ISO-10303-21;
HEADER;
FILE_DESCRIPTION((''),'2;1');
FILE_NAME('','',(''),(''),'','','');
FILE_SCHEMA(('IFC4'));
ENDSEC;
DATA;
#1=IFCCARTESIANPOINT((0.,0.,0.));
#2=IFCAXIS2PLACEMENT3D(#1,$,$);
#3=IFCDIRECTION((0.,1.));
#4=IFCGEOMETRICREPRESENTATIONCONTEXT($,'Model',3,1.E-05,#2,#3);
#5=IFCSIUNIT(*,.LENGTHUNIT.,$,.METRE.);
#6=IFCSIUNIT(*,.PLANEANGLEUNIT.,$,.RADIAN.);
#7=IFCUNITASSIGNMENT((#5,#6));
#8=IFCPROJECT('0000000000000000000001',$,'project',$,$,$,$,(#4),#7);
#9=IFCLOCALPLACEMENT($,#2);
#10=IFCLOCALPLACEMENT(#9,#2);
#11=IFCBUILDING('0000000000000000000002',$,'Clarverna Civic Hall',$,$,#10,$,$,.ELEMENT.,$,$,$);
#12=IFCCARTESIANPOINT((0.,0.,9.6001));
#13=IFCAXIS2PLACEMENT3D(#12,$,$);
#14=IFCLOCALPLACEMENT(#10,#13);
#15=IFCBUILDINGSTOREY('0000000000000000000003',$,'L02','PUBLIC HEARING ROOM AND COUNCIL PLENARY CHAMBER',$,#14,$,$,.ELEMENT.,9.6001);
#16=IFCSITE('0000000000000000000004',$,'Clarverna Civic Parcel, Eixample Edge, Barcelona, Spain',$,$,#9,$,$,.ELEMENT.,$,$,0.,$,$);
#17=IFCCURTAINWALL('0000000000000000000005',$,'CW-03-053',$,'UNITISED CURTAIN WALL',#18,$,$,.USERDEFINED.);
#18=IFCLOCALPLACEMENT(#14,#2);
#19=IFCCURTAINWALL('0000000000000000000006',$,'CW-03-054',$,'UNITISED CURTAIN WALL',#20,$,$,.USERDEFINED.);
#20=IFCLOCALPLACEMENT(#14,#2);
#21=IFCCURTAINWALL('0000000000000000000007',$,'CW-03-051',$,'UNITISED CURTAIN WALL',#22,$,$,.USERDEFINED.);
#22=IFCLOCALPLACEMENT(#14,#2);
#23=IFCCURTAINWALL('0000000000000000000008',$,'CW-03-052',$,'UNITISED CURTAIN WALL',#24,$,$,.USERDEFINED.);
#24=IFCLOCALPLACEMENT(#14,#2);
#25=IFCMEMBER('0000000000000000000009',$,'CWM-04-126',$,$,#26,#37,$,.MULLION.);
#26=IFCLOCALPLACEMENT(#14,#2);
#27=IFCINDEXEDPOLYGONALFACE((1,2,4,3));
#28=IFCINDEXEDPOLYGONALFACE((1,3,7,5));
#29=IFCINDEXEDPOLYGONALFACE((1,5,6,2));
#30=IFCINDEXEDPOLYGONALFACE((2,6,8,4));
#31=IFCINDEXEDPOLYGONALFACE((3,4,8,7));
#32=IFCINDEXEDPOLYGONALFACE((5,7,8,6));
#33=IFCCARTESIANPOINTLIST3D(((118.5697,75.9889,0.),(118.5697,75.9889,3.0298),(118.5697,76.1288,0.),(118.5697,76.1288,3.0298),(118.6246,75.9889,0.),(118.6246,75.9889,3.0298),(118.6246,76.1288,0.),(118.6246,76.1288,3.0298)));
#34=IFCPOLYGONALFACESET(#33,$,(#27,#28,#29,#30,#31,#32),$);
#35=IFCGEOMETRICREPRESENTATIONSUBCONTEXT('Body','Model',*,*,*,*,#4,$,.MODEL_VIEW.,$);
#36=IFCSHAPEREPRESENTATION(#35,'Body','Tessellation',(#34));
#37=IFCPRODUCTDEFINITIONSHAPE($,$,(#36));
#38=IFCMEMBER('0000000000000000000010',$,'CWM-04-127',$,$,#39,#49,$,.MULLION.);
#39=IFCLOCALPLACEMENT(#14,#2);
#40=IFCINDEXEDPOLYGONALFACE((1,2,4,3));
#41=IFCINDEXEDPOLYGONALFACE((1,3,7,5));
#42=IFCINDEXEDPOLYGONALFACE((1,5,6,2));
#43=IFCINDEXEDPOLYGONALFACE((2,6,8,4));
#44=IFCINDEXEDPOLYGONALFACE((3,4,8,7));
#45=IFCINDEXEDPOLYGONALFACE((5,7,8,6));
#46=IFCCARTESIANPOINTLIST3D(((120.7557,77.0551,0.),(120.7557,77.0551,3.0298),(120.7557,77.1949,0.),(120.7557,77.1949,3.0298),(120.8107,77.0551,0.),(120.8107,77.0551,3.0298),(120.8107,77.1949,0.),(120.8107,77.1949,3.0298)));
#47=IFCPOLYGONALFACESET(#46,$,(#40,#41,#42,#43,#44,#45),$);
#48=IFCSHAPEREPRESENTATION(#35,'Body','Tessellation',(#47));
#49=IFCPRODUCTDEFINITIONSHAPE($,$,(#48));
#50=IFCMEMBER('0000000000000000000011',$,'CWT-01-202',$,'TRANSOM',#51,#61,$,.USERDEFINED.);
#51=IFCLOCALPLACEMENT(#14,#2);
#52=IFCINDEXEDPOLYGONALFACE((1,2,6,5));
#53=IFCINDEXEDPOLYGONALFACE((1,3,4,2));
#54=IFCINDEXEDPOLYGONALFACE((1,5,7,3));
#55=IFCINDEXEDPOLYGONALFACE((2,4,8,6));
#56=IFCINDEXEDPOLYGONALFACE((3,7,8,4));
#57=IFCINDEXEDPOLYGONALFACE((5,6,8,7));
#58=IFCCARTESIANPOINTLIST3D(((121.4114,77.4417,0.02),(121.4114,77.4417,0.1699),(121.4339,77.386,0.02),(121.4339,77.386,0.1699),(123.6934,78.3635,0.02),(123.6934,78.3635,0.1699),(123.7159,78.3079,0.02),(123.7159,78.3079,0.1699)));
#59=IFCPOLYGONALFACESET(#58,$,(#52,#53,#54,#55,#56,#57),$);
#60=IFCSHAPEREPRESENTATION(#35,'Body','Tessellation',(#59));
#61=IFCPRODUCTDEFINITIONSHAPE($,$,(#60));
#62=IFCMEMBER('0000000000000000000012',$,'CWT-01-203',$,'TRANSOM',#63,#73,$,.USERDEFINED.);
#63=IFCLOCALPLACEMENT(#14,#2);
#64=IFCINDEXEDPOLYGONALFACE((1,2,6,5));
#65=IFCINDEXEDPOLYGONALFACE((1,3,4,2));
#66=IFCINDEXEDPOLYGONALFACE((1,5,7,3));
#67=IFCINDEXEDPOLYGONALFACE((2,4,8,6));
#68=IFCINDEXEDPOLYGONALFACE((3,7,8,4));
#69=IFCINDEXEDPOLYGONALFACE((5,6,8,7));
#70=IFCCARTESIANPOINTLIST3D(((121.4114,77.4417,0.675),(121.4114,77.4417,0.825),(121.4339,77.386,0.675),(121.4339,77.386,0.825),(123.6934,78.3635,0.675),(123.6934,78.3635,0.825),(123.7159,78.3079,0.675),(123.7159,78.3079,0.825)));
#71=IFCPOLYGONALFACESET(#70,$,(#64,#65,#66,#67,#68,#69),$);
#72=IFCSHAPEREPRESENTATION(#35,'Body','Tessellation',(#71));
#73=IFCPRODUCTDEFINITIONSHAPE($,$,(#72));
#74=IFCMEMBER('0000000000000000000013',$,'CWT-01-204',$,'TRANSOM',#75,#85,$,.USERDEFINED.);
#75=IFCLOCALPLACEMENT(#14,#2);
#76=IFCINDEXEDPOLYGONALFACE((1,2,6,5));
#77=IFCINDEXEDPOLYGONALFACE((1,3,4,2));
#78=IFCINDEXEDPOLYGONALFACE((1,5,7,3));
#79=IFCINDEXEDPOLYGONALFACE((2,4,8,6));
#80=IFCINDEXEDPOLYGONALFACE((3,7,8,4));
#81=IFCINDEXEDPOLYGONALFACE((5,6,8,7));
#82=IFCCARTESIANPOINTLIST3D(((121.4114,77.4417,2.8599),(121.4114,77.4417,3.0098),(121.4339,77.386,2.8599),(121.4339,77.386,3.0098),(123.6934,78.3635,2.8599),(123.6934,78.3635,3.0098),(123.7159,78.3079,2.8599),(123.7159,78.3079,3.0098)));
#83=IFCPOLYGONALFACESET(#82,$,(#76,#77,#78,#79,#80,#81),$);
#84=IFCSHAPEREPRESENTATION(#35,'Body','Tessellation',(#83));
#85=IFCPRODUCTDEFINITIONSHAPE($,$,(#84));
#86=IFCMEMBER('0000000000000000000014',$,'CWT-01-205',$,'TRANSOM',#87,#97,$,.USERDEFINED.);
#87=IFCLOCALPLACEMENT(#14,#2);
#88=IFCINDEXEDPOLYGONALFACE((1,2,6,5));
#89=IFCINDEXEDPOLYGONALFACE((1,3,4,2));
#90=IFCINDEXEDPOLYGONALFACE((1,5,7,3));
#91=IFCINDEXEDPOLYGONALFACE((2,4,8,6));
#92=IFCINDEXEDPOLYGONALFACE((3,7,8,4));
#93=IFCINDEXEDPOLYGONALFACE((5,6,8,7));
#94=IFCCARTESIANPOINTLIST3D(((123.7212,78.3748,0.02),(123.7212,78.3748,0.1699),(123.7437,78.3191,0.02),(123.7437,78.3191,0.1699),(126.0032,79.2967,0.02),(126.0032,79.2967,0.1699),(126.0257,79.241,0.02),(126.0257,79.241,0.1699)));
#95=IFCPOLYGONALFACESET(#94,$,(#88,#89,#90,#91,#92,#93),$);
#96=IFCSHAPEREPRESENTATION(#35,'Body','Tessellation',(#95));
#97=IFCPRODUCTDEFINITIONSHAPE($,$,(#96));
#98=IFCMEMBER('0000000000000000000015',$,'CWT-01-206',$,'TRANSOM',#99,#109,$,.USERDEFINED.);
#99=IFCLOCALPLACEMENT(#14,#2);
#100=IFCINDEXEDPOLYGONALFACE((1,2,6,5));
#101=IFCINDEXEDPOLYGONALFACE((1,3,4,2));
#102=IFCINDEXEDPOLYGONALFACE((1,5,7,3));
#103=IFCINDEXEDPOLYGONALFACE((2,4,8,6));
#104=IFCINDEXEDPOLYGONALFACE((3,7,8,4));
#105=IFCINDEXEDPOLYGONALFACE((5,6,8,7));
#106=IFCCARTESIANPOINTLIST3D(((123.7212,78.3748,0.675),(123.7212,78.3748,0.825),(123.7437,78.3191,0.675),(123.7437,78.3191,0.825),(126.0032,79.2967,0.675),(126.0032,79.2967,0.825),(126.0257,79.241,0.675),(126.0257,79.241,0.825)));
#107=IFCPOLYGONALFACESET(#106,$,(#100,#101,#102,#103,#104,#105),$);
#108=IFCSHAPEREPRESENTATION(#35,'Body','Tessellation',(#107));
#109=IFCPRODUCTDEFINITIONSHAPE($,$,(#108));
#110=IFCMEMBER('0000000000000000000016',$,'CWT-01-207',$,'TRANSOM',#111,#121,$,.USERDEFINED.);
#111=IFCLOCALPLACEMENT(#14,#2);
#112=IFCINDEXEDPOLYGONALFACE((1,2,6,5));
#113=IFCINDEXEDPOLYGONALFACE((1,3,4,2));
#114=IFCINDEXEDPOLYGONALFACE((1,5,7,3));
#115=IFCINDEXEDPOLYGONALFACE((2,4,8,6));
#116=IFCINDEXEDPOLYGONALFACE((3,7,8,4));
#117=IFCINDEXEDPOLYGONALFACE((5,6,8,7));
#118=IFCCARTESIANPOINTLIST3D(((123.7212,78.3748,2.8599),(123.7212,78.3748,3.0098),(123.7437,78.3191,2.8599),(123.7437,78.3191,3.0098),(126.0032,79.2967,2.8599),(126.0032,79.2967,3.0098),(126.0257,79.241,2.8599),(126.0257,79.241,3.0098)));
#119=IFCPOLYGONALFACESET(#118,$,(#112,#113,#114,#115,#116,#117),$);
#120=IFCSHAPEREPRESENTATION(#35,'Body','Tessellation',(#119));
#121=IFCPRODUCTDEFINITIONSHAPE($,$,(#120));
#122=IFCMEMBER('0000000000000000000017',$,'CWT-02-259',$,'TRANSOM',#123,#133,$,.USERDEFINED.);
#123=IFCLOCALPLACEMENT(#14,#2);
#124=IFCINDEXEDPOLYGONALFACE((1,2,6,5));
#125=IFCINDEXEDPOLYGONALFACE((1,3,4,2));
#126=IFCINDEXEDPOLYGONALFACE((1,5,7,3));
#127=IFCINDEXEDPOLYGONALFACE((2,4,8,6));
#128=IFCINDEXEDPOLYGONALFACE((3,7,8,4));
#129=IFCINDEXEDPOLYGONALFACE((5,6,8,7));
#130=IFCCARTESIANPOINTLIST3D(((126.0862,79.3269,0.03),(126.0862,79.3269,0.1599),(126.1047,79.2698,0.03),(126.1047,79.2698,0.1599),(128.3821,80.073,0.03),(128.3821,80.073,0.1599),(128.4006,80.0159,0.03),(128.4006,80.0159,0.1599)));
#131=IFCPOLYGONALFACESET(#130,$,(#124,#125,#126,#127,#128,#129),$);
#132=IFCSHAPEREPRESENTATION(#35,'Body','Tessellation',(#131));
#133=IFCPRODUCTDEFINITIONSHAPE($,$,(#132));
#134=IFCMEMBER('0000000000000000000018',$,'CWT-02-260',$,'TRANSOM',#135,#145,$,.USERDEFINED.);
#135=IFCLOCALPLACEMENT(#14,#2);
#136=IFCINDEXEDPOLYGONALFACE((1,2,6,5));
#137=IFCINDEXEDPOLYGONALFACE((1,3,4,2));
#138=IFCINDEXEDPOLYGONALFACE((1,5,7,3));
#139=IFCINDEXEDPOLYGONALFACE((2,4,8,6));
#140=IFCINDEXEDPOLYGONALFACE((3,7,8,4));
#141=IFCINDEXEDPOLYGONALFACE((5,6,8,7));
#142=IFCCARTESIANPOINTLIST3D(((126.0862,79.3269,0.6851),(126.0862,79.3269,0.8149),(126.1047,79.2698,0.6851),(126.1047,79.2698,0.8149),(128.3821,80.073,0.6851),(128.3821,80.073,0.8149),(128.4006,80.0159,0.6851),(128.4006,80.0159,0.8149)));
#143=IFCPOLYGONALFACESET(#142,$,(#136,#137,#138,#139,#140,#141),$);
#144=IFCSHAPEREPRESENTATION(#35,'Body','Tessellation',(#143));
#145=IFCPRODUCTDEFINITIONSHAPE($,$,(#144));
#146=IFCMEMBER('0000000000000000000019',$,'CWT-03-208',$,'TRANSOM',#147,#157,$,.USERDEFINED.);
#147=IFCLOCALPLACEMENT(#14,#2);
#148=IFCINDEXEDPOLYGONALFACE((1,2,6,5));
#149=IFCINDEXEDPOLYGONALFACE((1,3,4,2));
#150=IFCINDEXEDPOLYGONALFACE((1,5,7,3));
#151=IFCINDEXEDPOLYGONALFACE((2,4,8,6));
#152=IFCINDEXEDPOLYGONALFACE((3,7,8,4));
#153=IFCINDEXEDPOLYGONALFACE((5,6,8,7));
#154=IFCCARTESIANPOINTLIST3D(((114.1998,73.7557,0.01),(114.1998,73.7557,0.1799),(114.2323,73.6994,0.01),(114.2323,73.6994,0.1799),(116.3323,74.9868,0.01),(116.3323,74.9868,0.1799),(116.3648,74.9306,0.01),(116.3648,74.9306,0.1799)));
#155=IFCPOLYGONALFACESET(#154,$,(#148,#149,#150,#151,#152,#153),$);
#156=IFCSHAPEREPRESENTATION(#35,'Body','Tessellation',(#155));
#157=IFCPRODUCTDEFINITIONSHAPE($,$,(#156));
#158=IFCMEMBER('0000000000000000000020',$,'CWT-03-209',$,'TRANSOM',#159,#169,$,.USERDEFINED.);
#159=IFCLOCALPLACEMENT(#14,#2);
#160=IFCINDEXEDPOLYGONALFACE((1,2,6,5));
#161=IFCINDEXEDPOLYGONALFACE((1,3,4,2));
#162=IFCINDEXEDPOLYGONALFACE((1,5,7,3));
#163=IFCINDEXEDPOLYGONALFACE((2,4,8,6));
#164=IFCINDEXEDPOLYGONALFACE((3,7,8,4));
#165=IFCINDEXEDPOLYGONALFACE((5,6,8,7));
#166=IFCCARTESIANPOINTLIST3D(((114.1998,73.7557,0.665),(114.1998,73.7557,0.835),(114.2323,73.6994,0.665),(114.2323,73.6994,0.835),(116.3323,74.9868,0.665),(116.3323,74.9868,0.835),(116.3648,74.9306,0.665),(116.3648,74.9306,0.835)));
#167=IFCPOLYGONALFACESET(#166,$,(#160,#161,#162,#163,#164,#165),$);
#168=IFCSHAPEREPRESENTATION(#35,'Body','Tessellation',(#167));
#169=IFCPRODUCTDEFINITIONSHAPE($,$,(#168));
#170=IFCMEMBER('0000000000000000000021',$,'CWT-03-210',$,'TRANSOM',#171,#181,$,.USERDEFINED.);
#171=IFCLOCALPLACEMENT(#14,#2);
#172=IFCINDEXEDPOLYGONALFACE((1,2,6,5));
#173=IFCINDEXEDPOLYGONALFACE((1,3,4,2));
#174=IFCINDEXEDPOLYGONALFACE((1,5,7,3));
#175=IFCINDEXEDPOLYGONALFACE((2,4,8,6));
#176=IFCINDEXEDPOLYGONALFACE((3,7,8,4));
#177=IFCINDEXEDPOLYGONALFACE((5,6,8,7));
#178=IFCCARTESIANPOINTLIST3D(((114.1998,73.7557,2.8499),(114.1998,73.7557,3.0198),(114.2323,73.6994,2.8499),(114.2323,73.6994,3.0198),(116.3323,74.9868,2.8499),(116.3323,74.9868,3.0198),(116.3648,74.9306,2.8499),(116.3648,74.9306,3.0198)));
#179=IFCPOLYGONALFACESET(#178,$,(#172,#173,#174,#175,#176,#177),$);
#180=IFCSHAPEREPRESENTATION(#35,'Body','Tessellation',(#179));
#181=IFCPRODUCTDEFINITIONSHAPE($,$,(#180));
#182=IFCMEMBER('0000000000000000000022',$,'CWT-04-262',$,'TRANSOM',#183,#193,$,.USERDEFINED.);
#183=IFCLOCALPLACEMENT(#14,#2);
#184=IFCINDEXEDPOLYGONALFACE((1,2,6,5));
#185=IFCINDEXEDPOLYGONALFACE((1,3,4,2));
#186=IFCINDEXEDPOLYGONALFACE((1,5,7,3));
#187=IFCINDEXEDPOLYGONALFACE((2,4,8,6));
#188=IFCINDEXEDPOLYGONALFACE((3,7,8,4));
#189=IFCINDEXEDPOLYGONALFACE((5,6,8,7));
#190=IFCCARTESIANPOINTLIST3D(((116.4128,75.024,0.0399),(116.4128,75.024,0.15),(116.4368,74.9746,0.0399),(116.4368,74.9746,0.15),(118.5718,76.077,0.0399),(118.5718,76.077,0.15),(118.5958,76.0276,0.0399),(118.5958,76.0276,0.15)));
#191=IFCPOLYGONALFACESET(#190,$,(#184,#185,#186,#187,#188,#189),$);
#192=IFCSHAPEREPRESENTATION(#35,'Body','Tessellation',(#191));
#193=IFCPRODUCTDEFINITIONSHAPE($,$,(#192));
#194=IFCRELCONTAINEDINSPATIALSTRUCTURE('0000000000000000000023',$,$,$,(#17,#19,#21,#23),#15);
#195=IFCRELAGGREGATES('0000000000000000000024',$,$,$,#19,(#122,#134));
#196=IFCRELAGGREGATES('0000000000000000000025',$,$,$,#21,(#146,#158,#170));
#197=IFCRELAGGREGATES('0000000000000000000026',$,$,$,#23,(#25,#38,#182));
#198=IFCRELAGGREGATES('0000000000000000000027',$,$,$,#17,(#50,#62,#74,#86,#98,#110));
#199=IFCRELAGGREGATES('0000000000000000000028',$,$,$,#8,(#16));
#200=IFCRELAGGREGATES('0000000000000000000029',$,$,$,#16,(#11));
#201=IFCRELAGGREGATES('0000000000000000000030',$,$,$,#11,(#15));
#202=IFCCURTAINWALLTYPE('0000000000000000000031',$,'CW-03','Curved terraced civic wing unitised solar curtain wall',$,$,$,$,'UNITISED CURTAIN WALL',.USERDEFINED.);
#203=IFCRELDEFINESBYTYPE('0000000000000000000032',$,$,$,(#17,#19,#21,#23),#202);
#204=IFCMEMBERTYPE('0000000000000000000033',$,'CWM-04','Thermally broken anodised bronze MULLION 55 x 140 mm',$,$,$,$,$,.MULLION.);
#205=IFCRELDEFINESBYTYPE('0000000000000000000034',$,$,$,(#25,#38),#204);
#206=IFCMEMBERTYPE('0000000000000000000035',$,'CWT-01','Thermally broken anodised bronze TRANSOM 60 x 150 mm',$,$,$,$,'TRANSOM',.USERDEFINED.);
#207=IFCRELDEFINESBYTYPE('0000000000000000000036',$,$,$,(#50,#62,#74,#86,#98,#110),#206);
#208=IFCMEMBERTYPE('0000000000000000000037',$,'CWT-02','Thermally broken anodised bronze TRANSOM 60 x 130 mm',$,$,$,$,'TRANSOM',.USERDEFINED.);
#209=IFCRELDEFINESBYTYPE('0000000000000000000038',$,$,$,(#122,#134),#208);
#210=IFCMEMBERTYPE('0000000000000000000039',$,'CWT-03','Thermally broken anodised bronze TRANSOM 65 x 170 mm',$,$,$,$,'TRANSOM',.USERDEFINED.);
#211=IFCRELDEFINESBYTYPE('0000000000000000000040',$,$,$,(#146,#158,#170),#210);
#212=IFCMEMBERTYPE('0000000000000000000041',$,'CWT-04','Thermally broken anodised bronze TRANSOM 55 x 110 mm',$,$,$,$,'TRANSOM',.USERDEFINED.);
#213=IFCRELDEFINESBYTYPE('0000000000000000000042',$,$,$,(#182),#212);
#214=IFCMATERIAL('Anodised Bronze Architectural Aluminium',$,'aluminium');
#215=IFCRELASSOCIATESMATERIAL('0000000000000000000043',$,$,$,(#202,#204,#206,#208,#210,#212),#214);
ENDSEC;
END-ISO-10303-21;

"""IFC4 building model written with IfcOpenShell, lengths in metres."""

from ifc_helpers import new_model, si_unit, direction, frame, origin, origin_2d, place, context, subcontext, project, spatial, rectangle, extrude, material, material_profile, profile_set, type_object, element, aggregate, save


model = new_model("IFC4")

# Units and contexts
model_context = context("Model", 3, precision=1e-05, world=origin(), true_north=direction((0.0, 1.0)))
body_context = subcontext(model_context, "Body", "Model", "MODEL_VIEW")
ifc_project = project(units=[si_unit("LENGTHUNIT", "METRE"), si_unit("PLANEANGLEUNIT", "RADIAN")], contexts=[model_context])

# Site, building, storey
site_placement = place(None, origin())
site = spatial("IfcSite", under=ifc_project, at=site_placement, Name="Clarverna Civic Parcel, Eixample Edge, Barcelona, Spain", CompositionType="ELEMENT", RefElevation=0.0)
building_placement = place(site_placement, origin())
building = spatial("IfcBuilding", under=site, at=building_placement, Name="Clarverna Civic Hall", CompositionType="ELEMENT")
storey_placement = place(building_placement, frame((0.0, 0.0, 9.6001)))
storey = spatial("IfcBuildingStorey", under=building, at=storey_placement, Name="L02", Description="PUBLIC HEARING ROOM AND COUNCIL PLENARY CHAMBER", CompositionType="ELEMENT", Elevation=9.6001)

# Curtain wall
ifc_material_1 = material(Name="Anodised Bronze Architectural Aluminium", Category="aluminium")
curtain_wall_type = type_object("IfcCurtainWallType", Name="CW-03", Description="Curved terraced civic wing unitised solar curtain wall", ElementType="UNITISED CURTAIN WALL", PredefinedType="USERDEFINED", material=ifc_material_1)
curtain_wall_1_placement = place(storey_placement, origin())
curtain_wall_1 = element("IfcCurtainWall", 1, at=curtain_wall_1_placement, inside=storey, type_object=curtain_wall_type, Name="CW-03-053", ObjectType="UNITISED CURTAIN WALL", PredefinedType="USERDEFINED")

# Curtain wall
curtain_wall_2_placement = place(storey_placement, origin())
curtain_wall_2 = element("IfcCurtainWall", 2, at=curtain_wall_2_placement, inside=storey, type_object=curtain_wall_type, Name="CW-03-054", ObjectType="UNITISED CURTAIN WALL", PredefinedType="USERDEFINED")

# Curtain walls, members
curtain_wall_3_placement = place(storey_placement, origin())
curtain_wall_3 = element("IfcCurtainWall", 3, at=curtain_wall_3_placement, inside=storey, type_object=curtain_wall_type, Name="CW-03-051", ObjectType="UNITISED CURTAIN WALL", PredefinedType="USERDEFINED")
curtain_wall_4_placement = place(storey_placement, origin())
curtain_wall_4 = element("IfcCurtainWall", 4, at=curtain_wall_4_placement, inside=storey, type_object=curtain_wall_type, Name="CW-03-052", ObjectType="UNITISED CURTAIN WALL", PredefinedType="USERDEFINED")
ifc_material_profile_1 = material_profile(ifc_material_1, rectangle(XDim=0.0549, YDim=0.1399, at=origin_2d()), Name="BRONZE 55x140")
ifc_profile_set_1 = profile_set([ifc_material_profile_1], Name="Anodised Bronze Architectural Aluminium")
member_type_1 = type_object("IfcMemberType", Name="CWM-04", Description="Thermally broken anodised bronze MULLION 55 x 140 mm", PredefinedType="MULLION", material=ifc_profile_set_1)
member_1_placement = place(storey_placement, frame((118.5972, 76.0588, 0.0), z_axis=(0.0, 0.0, 1.0), x_axis=(1.0, 0.0, 0.0)))
member_1 = element("IfcMember", 5, at=member_1_placement, type_object=member_type_1, Name="CWM-04-126", PredefinedType="MULLION", context=body_context, shape_type="SweptSolid", body=[
    extrude(rectangle(XDim=0.0549, YDim=0.1399, at=origin_2d()), origin(), (0.0, 0.0, 1.0), 3.0298),
])
member_2_placement = place(storey_placement, frame((120.7832, 77.125, 0.0), z_axis=(0.0, 0.0, 1.0), x_axis=(1.0, 0.0, 0.0)))
member_2 = element("IfcMember", 6, at=member_2_placement, type_object=member_type_1, Name="CWM-04-127", PredefinedType="MULLION", context=body_context, shape_type="SweptSolid", body=[
    extrude(rectangle(XDim=0.0549, YDim=0.1399, at=origin_2d()), origin(), (0.0, 0.0, 1.0), 3.0298),
])

# Members
ifc_material_profile_2 = material_profile(ifc_material_1, rectangle(XDim=0.0601, YDim=0.1499, at=origin_2d()), Name="BRONZE 60x150")
ifc_profile_set_2 = profile_set([ifc_material_profile_2], Name="Anodised Bronze Architectural Aluminium")
member_type_2 = type_object("IfcMemberType", Name="CWT-01", Description="Thermally broken anodised bronze TRANSOM 60 x 150 mm", ElementType="TRANSOM", PredefinedType="USERDEFINED", material=ifc_profile_set_2)
member_3_placement = place(storey_placement, frame((121.4226, 77.4138, 0.095), z_axis=(0.927199, 0.37457, 0.0), x_axis=(-0.37457, 0.927199, 0.0)))
member_3 = element("IfcMember", 7, at=member_3_placement, type_object=member_type_2, Name="CWT-01-202", ObjectType="TRANSOM", PredefinedType="USERDEFINED", context=body_context, shape_type="SweptSolid", body=[
    extrude(rectangle(XDim=0.0601, YDim=0.1499, at=origin_2d()), origin(), (0.0, 0.0, 1.0), 2.4612),
])
member_4_placement = place(storey_placement, frame((121.4226, 77.4138, 0.75), z_axis=(0.927199, 0.37457, 0.0), x_axis=(-0.37457, 0.927199, 0.0)))
member_4 = element("IfcMember", 8, at=member_4_placement, type_object=member_type_2, Name="CWT-01-203", ObjectType="TRANSOM", PredefinedType="USERDEFINED", context=body_context, shape_type="SweptSolid", body=[
    extrude(rectangle(XDim=0.0601, YDim=0.1499, at=origin_2d()), origin(), (0.0, 0.0, 1.0), 2.4612),
])
member_5_placement = place(storey_placement, frame((121.4226, 77.4138, 2.9348), z_axis=(0.927199, 0.37457, 0.0), x_axis=(-0.37457, 0.927199, 0.0)))
member_5 = element("IfcMember", 9, at=member_5_placement, type_object=member_type_2, Name="CWT-01-204", ObjectType="TRANSOM", PredefinedType="USERDEFINED", context=body_context, shape_type="SweptSolid", body=[
    extrude(rectangle(XDim=0.0601, YDim=0.1499, at=origin_2d()), origin(), (0.0, 0.0, 1.0), 2.4612),
])
member_6_placement = place(storey_placement, frame((123.7324, 78.3469, 0.095), z_axis=(0.927199, 0.37457, 0.0), x_axis=(-0.37457, 0.927199, 0.0)))
member_6 = element("IfcMember", 10, at=member_6_placement, type_object=member_type_2, Name="CWT-01-205", ObjectType="TRANSOM", PredefinedType="USERDEFINED", context=body_context, shape_type="SweptSolid", body=[
    extrude(rectangle(XDim=0.0601, YDim=0.1499, at=origin_2d()), origin(), (0.0, 0.0, 1.0), 2.4612),
])
member_7_placement = place(storey_placement, frame((123.7324, 78.3469, 0.75), z_axis=(0.927199, 0.37457, 0.0), x_axis=(-0.37457, 0.927199, 0.0)))
member_7 = element("IfcMember", 11, at=member_7_placement, type_object=member_type_2, Name="CWT-01-206", ObjectType="TRANSOM", PredefinedType="USERDEFINED", context=body_context, shape_type="SweptSolid", body=[
    extrude(rectangle(XDim=0.0601, YDim=0.1499, at=origin_2d()), origin(), (0.0, 0.0, 1.0), 2.4612),
])
member_8_placement = place(storey_placement, frame((123.7324, 78.3469, 2.9348), z_axis=(0.927199, 0.37457, 0.0), x_axis=(-0.37457, 0.927199, 0.0)))
member_8 = element("IfcMember", 12, at=member_8_placement, type_object=member_type_2, Name="CWT-01-207", ObjectType="TRANSOM", PredefinedType="USERDEFINED", context=body_context, shape_type="SweptSolid", body=[
    extrude(rectangle(XDim=0.0601, YDim=0.1499, at=origin_2d()), origin(), (0.0, 0.0, 1.0), 2.4612),
])
ifc_material_profile_3 = material_profile(ifc_material_1, rectangle(XDim=0.0601, YDim=0.1299, at=origin_2d()), Name="BRONZE 60x130")
ifc_profile_set_3 = profile_set([ifc_material_profile_3], Name="Anodised Bronze Architectural Aluminium")
member_type_3 = type_object("IfcMemberType", Name="CWT-02", Description="Thermally broken anodised bronze TRANSOM 60 x 130 mm", ElementType="TRANSOM", PredefinedType="USERDEFINED", material=ifc_profile_set_3)
member_9_placement = place(storey_placement, frame((126.0955, 79.2983, 0.095), z_axis=(0.951043, 0.309059, 0.0), x_axis=(-0.309059, 0.951043, 0.0)))
member_9 = element("IfcMember", 13, at=member_9_placement, type_object=member_type_3, Name="CWT-02-259", ObjectType="TRANSOM", PredefinedType="USERDEFINED", context=body_context, shape_type="SweptSolid", body=[
    extrude(rectangle(XDim=0.0601, YDim=0.1299, at=origin_2d()), origin(), (0.0, 0.0, 1.0), 2.4141),
])
member_10_placement = place(storey_placement, frame((126.0955, 79.2983, 0.75), z_axis=(0.951043, 0.309059, 0.0), x_axis=(-0.309059, 0.951043, 0.0)))
member_10 = element("IfcMember", 14, at=member_10_placement, type_object=member_type_3, Name="CWT-02-260", ObjectType="TRANSOM", PredefinedType="USERDEFINED", context=body_context, shape_type="SweptSolid", body=[
    extrude(rectangle(XDim=0.0601, YDim=0.1299, at=origin_2d()), origin(), (0.0, 0.0, 1.0), 2.4141),
])
aggregate(curtain_wall_2, [member_9, member_10])
ifc_material_profile_4 = material_profile(ifc_material_1, rectangle(XDim=0.0649, YDim=0.1699, at=origin_2d()), Name="BRONZE 65x170")
ifc_profile_set_4 = profile_set([ifc_material_profile_4], Name="Anodised Bronze Architectural Aluminium")
member_type_4 = type_object("IfcMemberType", Name="CWT-03", Description="Thermally broken anodised bronze TRANSOM 65 x 170 mm", ElementType="TRANSOM", PredefinedType="USERDEFINED", material=ifc_profile_set_4)
member_11_placement = place(storey_placement, frame((114.2161, 73.7275, 0.095), z_axis=(0.866032, 0.499989, 0.0), x_axis=(-0.499989, 0.866032, 0.0)))
member_11 = element("IfcMember", 15, at=member_11_placement, type_object=member_type_4, Name="CWT-03-208", ObjectType="TRANSOM", PredefinedType="USERDEFINED", context=body_context, shape_type="SweptSolid", body=[
    extrude(rectangle(XDim=0.0649, YDim=0.1699, at=origin_2d()), origin(), (0.0, 0.0, 1.0), 2.4624),
])
member_12_placement = place(storey_placement, frame((114.2161, 73.7275, 0.75), z_axis=(0.866032, 0.499989, 0.0), x_axis=(-0.499989, 0.866032, 0.0)))
member_12 = element("IfcMember", 16, at=member_12_placement, type_object=member_type_4, Name="CWT-03-209", ObjectType="TRANSOM", PredefinedType="USERDEFINED", context=body_context, shape_type="SweptSolid", body=[
    extrude(rectangle(XDim=0.0649, YDim=0.1699, at=origin_2d()), origin(), (0.0, 0.0, 1.0), 2.4624),
])
member_13_placement = place(storey_placement, frame((114.2161, 73.7275, 2.9348), z_axis=(0.866032, 0.499989, 0.0), x_axis=(-0.499989, 0.866032, 0.0)))
member_13 = element("IfcMember", 17, at=member_13_placement, type_object=member_type_4, Name="CWT-03-210", ObjectType="TRANSOM", PredefinedType="USERDEFINED", context=body_context, shape_type="SweptSolid", body=[
    extrude(rectangle(XDim=0.0649, YDim=0.1699, at=origin_2d()), origin(), (0.0, 0.0, 1.0), 2.4624),
])
ifc_material_profile_5 = material_profile(ifc_material_1, rectangle(XDim=0.0549, YDim=0.1101, at=origin_2d()), Name="BRONZE 55x110")
ifc_profile_set_5 = profile_set([ifc_material_profile_5], Name="Anodised Bronze Architectural Aluminium")
member_type_5 = type_object("IfcMemberType", Name="CWT-04", Description="Thermally broken anodised bronze TRANSOM 55 x 110 mm", ElementType="TRANSOM", PredefinedType="USERDEFINED", material=ifc_profile_set_5)
member_14_placement = place(storey_placement, frame((116.4248, 74.9993, 0.095), z_axis=(0.898795, 0.43837, 0.0), x_axis=(-0.43837, 0.898795, 0.0)))
member_14 = element("IfcMember", 18, at=member_14_placement, type_object=member_type_5, Name="CWT-04-262", ObjectType="TRANSOM", PredefinedType="USERDEFINED", context=body_context, shape_type="SweptSolid", body=[
    extrude(rectangle(XDim=0.0549, YDim=0.1101, at=origin_2d()), origin(), (0.0, 0.0, 1.0), 2.4021),
])

aggregate(curtain_wall_3, [member_11, member_12, member_13])
aggregate(curtain_wall_4, [member_1, member_2, member_14])
aggregate(curtain_wall_1, [member_3, member_4, member_5, member_6, member_7, member_8])

save(model, "model.ifc")
